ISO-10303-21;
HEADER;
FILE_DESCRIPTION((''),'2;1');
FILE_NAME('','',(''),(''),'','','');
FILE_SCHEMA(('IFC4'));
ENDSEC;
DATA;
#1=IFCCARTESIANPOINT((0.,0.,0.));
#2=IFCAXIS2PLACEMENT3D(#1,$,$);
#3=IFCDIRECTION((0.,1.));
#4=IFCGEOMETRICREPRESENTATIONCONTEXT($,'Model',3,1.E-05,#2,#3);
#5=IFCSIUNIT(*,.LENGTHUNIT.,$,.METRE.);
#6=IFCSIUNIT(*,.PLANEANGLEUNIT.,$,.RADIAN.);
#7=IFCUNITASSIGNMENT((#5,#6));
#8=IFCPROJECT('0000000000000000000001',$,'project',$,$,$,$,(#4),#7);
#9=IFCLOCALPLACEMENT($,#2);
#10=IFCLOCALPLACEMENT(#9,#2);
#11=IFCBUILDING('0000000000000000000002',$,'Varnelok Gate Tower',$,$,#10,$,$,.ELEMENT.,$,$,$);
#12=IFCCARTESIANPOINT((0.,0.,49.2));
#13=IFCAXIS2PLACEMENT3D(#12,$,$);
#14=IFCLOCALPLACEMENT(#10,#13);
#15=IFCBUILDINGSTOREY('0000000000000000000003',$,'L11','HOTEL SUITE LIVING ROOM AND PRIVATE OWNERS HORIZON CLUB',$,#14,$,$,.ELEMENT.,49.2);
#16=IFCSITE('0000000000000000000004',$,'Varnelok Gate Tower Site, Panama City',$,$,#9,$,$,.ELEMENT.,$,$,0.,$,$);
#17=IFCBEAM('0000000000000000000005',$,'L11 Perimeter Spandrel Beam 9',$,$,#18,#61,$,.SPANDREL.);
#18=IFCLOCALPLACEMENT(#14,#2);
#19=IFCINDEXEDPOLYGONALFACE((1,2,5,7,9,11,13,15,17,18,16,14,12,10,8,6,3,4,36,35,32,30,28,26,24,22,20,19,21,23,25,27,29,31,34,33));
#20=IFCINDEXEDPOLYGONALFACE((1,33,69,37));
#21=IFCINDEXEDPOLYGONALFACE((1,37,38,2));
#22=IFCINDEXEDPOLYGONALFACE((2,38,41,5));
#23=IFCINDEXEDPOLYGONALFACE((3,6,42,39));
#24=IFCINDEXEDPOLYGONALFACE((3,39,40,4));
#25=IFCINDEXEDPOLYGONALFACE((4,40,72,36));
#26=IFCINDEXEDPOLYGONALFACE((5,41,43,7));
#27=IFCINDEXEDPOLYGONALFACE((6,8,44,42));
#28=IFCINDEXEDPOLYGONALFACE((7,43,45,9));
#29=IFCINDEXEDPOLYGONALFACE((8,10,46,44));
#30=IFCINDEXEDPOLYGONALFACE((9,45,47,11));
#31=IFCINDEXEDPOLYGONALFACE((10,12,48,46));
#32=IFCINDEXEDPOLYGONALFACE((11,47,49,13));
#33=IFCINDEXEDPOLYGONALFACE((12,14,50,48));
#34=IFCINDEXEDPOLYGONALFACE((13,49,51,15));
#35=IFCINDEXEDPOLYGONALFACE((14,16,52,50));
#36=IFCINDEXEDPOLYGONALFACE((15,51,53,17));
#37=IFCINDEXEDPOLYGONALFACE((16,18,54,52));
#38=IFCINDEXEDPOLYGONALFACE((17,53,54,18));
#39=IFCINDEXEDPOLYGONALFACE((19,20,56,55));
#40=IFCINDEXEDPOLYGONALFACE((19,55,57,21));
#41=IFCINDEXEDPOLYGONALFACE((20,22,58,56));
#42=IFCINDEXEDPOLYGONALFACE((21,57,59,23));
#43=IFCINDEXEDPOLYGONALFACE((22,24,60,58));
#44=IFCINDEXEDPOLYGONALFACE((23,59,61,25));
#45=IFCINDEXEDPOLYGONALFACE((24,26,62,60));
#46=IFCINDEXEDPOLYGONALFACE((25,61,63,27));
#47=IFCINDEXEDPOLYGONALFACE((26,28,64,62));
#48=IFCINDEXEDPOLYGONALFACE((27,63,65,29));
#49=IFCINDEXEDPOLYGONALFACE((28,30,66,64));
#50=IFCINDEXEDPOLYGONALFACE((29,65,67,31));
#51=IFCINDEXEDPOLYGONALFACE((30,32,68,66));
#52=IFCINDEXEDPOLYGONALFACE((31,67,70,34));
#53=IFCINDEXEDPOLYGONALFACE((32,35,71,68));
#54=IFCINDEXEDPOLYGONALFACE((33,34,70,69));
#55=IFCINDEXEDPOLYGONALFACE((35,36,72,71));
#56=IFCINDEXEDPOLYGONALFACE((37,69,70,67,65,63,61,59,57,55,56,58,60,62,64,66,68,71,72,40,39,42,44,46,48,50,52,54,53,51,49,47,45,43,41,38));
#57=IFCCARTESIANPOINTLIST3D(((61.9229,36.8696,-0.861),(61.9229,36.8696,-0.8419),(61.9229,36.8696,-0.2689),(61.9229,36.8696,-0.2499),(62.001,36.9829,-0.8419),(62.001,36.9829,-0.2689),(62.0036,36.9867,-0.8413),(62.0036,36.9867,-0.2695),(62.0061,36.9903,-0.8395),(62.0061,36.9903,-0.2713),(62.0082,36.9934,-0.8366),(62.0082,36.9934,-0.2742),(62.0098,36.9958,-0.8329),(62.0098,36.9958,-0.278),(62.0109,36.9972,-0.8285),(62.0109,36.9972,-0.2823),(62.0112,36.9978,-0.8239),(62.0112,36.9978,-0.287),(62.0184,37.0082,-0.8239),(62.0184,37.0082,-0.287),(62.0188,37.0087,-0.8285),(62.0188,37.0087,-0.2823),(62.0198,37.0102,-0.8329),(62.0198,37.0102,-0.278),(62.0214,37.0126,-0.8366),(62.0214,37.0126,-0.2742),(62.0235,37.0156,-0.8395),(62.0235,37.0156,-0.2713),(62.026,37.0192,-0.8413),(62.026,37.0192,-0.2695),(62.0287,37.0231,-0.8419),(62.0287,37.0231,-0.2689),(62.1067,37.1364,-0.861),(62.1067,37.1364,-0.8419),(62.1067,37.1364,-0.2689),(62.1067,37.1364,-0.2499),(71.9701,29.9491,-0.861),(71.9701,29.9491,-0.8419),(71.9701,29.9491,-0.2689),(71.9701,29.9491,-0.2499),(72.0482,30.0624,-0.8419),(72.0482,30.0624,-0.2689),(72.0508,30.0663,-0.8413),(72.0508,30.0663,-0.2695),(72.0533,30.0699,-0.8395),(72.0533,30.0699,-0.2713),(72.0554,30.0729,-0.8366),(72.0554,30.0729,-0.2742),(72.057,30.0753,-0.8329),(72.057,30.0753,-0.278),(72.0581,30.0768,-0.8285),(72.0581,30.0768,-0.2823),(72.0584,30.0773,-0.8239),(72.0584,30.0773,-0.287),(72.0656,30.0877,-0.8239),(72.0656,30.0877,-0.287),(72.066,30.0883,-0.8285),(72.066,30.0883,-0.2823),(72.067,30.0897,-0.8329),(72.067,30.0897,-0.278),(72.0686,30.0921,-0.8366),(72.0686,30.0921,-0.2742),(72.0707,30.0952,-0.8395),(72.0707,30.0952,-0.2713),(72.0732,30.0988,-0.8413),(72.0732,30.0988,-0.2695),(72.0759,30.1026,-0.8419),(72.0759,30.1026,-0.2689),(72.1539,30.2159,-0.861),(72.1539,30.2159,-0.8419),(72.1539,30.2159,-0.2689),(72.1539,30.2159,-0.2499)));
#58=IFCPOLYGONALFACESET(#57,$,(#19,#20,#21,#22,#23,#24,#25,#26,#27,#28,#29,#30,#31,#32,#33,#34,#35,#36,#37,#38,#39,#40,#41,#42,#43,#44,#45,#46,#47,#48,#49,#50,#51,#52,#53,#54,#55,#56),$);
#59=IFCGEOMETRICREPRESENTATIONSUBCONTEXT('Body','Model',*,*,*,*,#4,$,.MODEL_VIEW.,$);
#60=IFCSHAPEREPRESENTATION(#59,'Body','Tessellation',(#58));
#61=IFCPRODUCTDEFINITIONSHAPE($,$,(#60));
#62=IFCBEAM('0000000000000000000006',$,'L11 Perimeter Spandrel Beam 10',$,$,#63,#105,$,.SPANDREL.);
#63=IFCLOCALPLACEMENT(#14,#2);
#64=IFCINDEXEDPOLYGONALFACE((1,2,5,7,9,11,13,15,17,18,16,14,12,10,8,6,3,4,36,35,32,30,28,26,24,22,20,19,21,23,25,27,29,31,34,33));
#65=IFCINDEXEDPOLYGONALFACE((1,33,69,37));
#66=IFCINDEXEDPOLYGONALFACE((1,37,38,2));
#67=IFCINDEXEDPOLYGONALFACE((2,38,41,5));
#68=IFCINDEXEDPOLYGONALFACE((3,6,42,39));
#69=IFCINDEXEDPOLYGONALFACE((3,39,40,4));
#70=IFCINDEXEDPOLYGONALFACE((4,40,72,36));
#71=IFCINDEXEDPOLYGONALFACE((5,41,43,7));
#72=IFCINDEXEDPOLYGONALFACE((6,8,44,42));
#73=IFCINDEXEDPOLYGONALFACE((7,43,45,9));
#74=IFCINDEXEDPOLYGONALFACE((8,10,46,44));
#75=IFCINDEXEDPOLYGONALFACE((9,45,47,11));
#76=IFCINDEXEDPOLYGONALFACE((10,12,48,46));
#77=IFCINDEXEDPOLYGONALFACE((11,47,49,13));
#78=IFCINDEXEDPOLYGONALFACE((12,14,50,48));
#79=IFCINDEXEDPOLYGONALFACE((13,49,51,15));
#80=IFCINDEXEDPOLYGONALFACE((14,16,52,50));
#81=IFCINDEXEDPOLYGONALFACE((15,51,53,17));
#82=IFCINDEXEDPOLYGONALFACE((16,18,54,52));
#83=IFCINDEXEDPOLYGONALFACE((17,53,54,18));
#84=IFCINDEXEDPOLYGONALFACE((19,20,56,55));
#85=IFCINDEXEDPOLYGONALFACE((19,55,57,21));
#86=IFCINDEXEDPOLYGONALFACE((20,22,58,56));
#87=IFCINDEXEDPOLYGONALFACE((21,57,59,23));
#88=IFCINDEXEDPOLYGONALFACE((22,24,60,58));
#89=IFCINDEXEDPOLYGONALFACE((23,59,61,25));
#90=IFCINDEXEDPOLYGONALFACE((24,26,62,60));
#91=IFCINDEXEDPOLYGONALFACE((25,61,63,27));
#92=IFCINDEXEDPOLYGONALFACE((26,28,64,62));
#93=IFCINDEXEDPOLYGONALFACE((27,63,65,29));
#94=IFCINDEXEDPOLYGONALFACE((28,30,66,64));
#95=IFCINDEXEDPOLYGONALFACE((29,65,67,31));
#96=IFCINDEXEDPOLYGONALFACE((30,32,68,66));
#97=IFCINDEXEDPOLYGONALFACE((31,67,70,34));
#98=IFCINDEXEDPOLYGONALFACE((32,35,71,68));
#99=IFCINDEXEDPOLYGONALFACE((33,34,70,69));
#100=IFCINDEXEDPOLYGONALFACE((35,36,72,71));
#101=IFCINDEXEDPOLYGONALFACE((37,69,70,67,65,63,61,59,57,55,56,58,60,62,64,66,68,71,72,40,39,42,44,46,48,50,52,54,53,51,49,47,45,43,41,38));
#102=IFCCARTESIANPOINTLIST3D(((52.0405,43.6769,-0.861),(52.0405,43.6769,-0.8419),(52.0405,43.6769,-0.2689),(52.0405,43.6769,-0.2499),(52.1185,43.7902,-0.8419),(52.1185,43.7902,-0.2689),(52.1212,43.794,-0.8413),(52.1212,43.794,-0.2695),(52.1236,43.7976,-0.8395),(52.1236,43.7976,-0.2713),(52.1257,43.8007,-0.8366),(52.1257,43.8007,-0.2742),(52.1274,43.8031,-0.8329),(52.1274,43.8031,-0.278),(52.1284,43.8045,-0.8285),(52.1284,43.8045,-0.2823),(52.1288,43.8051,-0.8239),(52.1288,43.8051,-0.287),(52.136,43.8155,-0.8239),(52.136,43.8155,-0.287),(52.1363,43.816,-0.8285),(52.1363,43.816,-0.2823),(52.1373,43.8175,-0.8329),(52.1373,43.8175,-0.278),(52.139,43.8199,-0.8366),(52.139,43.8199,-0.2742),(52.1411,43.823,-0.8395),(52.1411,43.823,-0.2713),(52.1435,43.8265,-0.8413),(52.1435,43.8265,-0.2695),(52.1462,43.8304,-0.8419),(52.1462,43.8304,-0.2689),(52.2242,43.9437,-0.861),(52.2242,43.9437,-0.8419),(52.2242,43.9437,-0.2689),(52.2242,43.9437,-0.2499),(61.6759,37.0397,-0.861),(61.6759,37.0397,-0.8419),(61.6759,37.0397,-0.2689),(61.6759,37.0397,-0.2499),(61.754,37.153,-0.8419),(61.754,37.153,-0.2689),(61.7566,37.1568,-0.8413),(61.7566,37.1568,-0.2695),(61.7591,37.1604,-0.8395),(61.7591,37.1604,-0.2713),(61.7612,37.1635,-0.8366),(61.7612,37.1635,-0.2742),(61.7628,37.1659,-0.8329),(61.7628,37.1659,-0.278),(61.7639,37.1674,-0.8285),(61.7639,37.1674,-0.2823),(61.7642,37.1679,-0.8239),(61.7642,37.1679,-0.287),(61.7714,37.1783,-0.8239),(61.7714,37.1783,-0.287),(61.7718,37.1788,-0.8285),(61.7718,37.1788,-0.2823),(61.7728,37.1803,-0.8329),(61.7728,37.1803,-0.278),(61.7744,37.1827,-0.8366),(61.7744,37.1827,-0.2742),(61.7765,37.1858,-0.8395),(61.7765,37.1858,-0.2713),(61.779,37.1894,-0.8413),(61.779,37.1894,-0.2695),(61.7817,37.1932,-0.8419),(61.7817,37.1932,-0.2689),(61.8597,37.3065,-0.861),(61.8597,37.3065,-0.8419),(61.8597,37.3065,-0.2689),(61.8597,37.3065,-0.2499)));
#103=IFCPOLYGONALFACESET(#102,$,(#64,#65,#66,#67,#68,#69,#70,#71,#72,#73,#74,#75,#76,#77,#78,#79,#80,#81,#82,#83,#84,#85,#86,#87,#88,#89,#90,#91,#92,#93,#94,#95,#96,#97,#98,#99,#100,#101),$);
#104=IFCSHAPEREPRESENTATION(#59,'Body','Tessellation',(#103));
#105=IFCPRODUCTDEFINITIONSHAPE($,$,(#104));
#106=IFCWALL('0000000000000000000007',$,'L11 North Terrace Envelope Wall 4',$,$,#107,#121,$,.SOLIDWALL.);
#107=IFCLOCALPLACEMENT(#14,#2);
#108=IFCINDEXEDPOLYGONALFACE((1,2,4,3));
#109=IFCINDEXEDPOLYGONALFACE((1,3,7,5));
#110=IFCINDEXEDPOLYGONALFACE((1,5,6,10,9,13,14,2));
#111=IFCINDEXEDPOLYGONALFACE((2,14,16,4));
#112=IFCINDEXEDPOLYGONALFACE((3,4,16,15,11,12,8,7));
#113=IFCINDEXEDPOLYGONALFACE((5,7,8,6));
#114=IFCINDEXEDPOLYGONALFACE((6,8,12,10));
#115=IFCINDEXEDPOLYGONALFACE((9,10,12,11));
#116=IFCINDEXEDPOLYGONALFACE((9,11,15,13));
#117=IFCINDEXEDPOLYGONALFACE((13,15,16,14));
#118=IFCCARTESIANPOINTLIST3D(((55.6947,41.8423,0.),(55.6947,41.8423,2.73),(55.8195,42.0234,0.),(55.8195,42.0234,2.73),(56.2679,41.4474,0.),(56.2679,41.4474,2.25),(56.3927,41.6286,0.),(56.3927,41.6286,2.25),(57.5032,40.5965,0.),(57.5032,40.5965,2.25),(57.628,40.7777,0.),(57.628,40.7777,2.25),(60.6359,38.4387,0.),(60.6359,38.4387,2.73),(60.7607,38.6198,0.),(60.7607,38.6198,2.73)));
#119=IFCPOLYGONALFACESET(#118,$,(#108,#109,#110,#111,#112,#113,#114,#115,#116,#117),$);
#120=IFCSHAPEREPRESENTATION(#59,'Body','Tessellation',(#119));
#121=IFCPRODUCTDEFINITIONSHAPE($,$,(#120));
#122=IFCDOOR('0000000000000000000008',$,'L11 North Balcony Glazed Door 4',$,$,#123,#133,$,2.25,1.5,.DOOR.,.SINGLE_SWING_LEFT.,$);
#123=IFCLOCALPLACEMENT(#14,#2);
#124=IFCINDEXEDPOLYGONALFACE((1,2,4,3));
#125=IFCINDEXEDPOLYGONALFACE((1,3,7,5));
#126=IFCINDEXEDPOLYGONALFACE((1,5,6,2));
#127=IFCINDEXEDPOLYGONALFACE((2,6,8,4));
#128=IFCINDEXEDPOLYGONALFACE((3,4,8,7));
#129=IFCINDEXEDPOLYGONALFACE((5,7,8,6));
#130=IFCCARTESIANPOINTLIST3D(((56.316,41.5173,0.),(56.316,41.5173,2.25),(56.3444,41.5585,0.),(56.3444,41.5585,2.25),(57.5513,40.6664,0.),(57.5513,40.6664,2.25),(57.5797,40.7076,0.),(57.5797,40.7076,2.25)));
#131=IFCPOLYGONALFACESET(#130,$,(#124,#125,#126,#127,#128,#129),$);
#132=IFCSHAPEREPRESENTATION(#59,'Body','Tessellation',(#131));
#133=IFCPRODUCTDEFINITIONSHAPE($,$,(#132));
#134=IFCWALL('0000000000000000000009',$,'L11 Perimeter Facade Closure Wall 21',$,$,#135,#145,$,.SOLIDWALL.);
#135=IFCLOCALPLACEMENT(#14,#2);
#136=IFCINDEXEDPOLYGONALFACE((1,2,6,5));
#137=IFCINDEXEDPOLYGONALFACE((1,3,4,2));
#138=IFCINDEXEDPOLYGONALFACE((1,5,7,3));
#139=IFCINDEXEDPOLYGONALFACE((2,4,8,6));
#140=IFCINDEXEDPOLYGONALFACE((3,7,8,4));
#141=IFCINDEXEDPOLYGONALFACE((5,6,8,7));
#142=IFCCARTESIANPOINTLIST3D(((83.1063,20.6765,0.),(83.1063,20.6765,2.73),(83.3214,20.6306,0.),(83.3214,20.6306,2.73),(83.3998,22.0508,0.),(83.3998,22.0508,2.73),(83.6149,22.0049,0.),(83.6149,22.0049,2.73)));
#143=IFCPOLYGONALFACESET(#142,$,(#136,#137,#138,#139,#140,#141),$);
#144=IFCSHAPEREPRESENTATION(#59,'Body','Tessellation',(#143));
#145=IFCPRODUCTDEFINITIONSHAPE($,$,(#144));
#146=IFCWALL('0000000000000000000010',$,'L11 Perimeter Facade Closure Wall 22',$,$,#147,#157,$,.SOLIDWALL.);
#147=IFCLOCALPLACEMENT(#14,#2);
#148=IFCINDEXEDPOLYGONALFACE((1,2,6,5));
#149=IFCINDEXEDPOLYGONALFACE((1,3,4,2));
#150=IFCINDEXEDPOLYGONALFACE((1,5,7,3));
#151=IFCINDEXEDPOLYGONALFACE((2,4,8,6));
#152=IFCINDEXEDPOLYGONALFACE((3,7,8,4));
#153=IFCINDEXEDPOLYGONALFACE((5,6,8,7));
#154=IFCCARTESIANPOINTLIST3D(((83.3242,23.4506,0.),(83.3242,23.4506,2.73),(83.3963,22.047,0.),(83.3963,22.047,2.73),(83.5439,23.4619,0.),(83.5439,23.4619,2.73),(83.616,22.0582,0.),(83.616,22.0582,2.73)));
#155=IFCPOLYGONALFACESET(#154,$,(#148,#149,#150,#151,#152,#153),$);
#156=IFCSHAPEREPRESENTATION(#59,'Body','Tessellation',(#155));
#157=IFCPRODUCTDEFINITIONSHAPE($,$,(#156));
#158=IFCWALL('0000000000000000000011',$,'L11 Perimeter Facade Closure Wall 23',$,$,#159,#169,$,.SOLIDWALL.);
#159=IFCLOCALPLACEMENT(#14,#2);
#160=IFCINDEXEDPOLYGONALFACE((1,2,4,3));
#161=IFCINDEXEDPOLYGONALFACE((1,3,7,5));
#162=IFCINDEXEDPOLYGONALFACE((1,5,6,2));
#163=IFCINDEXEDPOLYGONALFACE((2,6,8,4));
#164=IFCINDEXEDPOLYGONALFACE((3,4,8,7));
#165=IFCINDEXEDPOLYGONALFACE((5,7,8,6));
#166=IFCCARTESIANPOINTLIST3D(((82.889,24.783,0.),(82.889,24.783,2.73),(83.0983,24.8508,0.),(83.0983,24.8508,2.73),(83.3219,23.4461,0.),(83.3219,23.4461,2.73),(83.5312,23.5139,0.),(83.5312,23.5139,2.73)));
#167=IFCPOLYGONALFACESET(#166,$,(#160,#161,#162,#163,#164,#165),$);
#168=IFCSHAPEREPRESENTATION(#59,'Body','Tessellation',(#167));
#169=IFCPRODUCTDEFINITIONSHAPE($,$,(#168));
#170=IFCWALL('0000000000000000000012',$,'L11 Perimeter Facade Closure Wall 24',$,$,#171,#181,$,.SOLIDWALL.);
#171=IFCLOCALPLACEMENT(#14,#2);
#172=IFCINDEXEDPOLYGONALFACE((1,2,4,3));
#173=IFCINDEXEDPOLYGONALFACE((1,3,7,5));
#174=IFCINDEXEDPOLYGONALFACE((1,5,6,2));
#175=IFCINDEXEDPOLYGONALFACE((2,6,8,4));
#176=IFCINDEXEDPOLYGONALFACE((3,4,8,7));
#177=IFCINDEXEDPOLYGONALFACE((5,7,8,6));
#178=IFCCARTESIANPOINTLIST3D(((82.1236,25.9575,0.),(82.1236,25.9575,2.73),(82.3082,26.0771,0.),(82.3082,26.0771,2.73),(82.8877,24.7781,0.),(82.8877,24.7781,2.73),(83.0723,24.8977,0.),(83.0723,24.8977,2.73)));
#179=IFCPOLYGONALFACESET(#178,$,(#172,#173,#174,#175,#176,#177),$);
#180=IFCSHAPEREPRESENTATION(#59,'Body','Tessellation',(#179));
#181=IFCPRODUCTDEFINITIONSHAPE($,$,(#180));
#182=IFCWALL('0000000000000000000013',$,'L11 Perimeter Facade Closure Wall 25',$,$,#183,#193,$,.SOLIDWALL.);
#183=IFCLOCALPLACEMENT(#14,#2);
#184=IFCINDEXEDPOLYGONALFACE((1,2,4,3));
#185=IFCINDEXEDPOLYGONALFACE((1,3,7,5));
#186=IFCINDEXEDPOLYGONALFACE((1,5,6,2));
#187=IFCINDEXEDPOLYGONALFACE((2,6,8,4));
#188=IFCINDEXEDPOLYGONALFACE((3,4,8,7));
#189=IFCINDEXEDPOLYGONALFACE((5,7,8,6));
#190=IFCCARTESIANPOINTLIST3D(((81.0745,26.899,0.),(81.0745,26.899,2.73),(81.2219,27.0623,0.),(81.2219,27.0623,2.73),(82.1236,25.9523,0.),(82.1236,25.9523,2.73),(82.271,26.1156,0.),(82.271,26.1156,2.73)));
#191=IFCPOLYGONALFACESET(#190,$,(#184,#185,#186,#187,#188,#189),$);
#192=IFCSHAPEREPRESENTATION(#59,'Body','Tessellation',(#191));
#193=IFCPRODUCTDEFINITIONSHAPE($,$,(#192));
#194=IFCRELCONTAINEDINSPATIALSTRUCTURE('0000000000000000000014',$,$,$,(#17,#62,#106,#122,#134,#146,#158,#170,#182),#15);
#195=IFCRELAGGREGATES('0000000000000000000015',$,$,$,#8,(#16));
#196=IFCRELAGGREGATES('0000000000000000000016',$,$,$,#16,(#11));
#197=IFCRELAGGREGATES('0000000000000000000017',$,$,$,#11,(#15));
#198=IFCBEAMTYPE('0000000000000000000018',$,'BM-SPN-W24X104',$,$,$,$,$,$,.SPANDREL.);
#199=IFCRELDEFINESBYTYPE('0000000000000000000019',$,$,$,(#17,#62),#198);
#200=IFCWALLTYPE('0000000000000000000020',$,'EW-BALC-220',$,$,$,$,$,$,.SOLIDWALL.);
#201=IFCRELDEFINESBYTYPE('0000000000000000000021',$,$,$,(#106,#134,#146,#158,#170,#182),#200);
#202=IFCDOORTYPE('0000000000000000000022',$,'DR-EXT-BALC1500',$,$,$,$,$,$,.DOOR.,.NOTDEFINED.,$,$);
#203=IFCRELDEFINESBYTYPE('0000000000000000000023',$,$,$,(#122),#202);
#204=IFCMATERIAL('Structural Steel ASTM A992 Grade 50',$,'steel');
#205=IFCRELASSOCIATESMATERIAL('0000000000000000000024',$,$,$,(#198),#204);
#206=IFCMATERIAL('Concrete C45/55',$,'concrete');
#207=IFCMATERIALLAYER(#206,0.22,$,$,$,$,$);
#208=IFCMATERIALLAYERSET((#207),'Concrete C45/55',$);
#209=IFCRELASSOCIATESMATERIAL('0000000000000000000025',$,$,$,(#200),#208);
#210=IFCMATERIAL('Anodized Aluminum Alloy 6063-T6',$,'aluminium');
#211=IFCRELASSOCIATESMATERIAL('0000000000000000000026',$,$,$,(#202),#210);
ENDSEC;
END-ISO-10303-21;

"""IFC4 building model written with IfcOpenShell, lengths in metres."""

from ifc_helpers import new_model, si_unit, direction, frame, frame_2d, origin, origin_2d, place, context, subcontext, project, spatial, rectangle, i_section, extrude, material, layer, layer_set, material_profile, profile_set, type_object, element, fill, save


model = new_model("IFC4")

# Units and contexts
model_context = context("Model", 3, precision=1e-05, world=origin(), true_north=direction((0.0, 1.0)))
body_context = subcontext(model_context, "Body", "Model", "MODEL_VIEW")
ifc_project = project(units=[si_unit("LENGTHUNIT", "METRE"), si_unit("PLANEANGLEUNIT", "RADIAN")], contexts=[model_context])

# Site, building, storey
site_placement = place(None, origin())
site = spatial("IfcSite", under=ifc_project, at=site_placement, Name="Varnelok Gate Tower Site, Panama City", CompositionType="ELEMENT", RefElevation=0.0)
building_placement = place(site_placement, origin())
building = spatial("IfcBuilding", under=site, at=building_placement, Name="Varnelok Gate Tower", CompositionType="ELEMENT")
storey_placement = place(building_placement, frame((0.0, 0.0, 49.2)))
storey = spatial("IfcBuildingStorey", under=building, at=storey_placement, Name="L11", Description="HOTEL SUITE LIVING ROOM AND PRIVATE OWNERS HORIZON CLUB", CompositionType="ELEMENT", Elevation=49.2)

# Shared definitions
ifc_material_1 = material(Name="Structural Steel ASTM A992 Grade 50", Category="steel")

# Beams
ifc_material_profile_1 = material_profile(ifc_material_1, i_section(OverallWidth=0.324, OverallDepth=0.6111, WebThickness=0.0127, FlangeThickness=0.019, FilletRadius=0.0181, at=origin_2d()), Name="W24X104")
ifc_profile_set_1 = profile_set([ifc_material_profile_1], Name="Structural Steel ASTM A992 Grade 50")
beam_type_1 = type_object("IfcBeamType", Name="BM-SPN-W24X104", PredefinedType="SPANDREL", material=ifc_profile_set_1)
beam_1_placement = place(storey_placement, frame((72.062, 30.0825, -0.5554), z_axis=(-0.823544, 0.567253, 0.0), x_axis=(-0.567253, -0.823544, 0.0)))
element("IfcBeam", 1, at=beam_1_placement, inside=storey, type_object=beam_type_1, Name="L11 Perimeter Spandrel Beam 9", PredefinedType="SPANDREL", context=body_context, shape_type="SweptSolid", body=[
    extrude(i_section(OverallWidth=0.324, OverallDepth=0.6111, WebThickness=0.0127, FlangeThickness=0.019, FilletRadius=0.0181, at=origin_2d()), origin(), (0.0, 0.0, 1.0), 12.2),
])
beam_2_placement = place(storey_placement, frame((61.7678, 37.1731, -0.5554), z_axis=(-0.823531, 0.567272, 0.0), x_axis=(-0.567272, -0.823531, 0.0)))
element("IfcBeam", 2, at=beam_2_placement, inside=storey, type_object=beam_type_1, Name="L11 Perimeter Spandrel Beam 10", PredefinedType="SPANDREL", context=body_context, shape_type="SweptSolid", body=[
    extrude(i_section(OverallWidth=0.324, OverallDepth=0.6111, WebThickness=0.0127, FlangeThickness=0.019, FilletRadius=0.0181, at=origin_2d()), origin(), (0.0, 0.0, 1.0), 11.7002),
])

# Wall, opening, door
ifc_material_2 = material(Name="Concrete C45/55", Category="concrete")
ifc_layer = layer(ifc_material_2, 0.22)
ifc_layer_set = layer_set([ifc_layer], Name="Concrete C45/55")
wall_type = type_object("IfcWallType", Name="EW-BALC-220", PredefinedType="SOLIDWALL", material=ifc_layer_set)
wall_1_placement = place(storey_placement, frame((55.7571, 41.9329, 0.0), z_axis=(0.0, 0.0, 1.0), x_axis=(0.823535, -0.567266, 0.0)))
wall_1 = element("IfcWall", 3, at=wall_1_placement, inside=storey, type_object=wall_type, Name="L11 North Terrace Envelope Wall 4", PredefinedType="SOLIDWALL", context=body_context, shape_type="SweptSolid", body=[
    extrude(rectangle(XDim=6.0, YDim=0.22, at=frame_2d((3.0, 0.0))), origin(), (0.0, 0.0, 1.0), 2.73),
])
opening_1_placement = place(wall_1_placement, frame((0.696, 0.0, 0.0)))
opening_1 = element("IfcOpeningElement", 4, at=opening_1_placement, cuts=wall_1, PredefinedType="OPENING", context=body_context, shape_type="SweptSolid", body=[
    extrude(rectangle(XDim=1.5, YDim=2.25, at=frame_2d((0.75, 1.125))), frame((0.0, 0.1199, 0.0), z_axis=(0.0, -1.0, 0.0), x_axis=(1.0, 0.0, 0.0)), (0.0, 0.0, 1.0), 0.24),
])
ifc_material_3 = material(Name="Anodized Aluminum Alloy 6063-T6", Category="aluminium")
door_type = type_object("IfcDoorType", Name="DR-EXT-BALC1500", OperationType="NOTDEFINED", PredefinedType="DOOR", material=ifc_material_3)
door_placement = place(opening_1_placement, origin())
door = element("IfcDoor", 5, at=door_placement, inside=storey, type_object=door_type, Name="L11 North Balcony Glazed Door 4", OperationType="SINGLE_SWING_LEFT", OverallHeight=2.25, OverallWidth=1.5, PredefinedType="DOOR", context=body_context, shape_type="SweptSolid", body=[
    extrude(rectangle(XDim=1.5, YDim=2.25, at=frame_2d((0.75, 1.125))), frame((0.0, 0.0249, 0.0), z_axis=(0.0, -1.0, 0.0), x_axis=(1.0, 0.0, 0.0)), (0.0, 0.0, 1.0), 0.05),
])
fill(opening_1, door)

# Walls
wall_2_placement = place(storey_placement, frame((83.2139, 20.6536, 0.0), z_axis=(0.0, 0.0, 1.0), x_axis=(0.208829, 0.977952, 0.0)))
element("IfcWall", 6, at=wall_2_placement, inside=storey, type_object=wall_type, Name="L11 Perimeter Facade Closure Wall 21", PredefinedType="SOLIDWALL", context=body_context, shape_type="SweptSolid", body=[
    extrude(rectangle(XDim=1.4053, YDim=0.22, at=frame_2d((0.7026, 0.0))), origin(), (0.0, 0.0, 1.0), 2.73),
])
wall_3_placement = place(storey_placement, frame((83.5061, 22.0527, 0.0), z_axis=(0.0, 0.0, 1.0), x_axis=(-0.051246, 0.998686, 0.0)))
element("IfcWall", 7, at=wall_3_placement, inside=storey, type_object=wall_type, Name="L11 Perimeter Facade Closure Wall 22", PredefinedType="SOLIDWALL", context=body_context, shape_type="SweptSolid", body=[
    extrude(rectangle(XDim=1.4055, YDim=0.22, at=frame_2d((0.7026, 0.0))), origin(), (0.0, 0.0, 1.0), 2.73),
])
for number, where, z_axis, x_axis, name in (
    (8, (83.4265, 23.48, 0.0), (0.0, 0.0, 1.0), (-0.308033, 0.951376, 0.0), "L11 Perimeter Facade Closure Wall 23"),
    (9, (82.98, 24.8379, 0.0), (0.0, 0.0, 1.0), (-0.543748, 0.839248, 0.0), "L11 Perimeter Facade Closure Wall 24"),
):
    element("IfcWall", number, at=place(storey_placement, frame(where, z_axis=z_axis, x_axis=x_axis)), inside=storey, type_object=wall_type, Name=name, PredefinedType="SOLIDWALL", context=body_context, shape_type="SweptSolid", body=[
        extrude(rectangle(XDim=1.4053, YDim=0.22, at=frame_2d((0.7026, 0.0))), origin(), (0.0, 0.0, 1.0), 2.73),
    ])
wall_4_placement = place(storey_placement, frame((82.1973, 26.0339, 0.0), z_axis=(0.0, 0.0, 1.0), x_axis=(-0.742374, 0.669985, 0.0)))
element("IfcWall", 10, at=wall_4_placement, inside=storey, type_object=wall_type, Name="L11 Perimeter Facade Closure Wall 25", PredefinedType="SOLIDWALL", context=body_context, shape_type="SweptSolid", body=[
    extrude(rectangle(XDim=1.4131, YDim=0.22, at=frame_2d((0.7065, 0.0))), origin(), (0.0, 0.0, 1.0), 2.73),
])

save(model, "model.ifc")
